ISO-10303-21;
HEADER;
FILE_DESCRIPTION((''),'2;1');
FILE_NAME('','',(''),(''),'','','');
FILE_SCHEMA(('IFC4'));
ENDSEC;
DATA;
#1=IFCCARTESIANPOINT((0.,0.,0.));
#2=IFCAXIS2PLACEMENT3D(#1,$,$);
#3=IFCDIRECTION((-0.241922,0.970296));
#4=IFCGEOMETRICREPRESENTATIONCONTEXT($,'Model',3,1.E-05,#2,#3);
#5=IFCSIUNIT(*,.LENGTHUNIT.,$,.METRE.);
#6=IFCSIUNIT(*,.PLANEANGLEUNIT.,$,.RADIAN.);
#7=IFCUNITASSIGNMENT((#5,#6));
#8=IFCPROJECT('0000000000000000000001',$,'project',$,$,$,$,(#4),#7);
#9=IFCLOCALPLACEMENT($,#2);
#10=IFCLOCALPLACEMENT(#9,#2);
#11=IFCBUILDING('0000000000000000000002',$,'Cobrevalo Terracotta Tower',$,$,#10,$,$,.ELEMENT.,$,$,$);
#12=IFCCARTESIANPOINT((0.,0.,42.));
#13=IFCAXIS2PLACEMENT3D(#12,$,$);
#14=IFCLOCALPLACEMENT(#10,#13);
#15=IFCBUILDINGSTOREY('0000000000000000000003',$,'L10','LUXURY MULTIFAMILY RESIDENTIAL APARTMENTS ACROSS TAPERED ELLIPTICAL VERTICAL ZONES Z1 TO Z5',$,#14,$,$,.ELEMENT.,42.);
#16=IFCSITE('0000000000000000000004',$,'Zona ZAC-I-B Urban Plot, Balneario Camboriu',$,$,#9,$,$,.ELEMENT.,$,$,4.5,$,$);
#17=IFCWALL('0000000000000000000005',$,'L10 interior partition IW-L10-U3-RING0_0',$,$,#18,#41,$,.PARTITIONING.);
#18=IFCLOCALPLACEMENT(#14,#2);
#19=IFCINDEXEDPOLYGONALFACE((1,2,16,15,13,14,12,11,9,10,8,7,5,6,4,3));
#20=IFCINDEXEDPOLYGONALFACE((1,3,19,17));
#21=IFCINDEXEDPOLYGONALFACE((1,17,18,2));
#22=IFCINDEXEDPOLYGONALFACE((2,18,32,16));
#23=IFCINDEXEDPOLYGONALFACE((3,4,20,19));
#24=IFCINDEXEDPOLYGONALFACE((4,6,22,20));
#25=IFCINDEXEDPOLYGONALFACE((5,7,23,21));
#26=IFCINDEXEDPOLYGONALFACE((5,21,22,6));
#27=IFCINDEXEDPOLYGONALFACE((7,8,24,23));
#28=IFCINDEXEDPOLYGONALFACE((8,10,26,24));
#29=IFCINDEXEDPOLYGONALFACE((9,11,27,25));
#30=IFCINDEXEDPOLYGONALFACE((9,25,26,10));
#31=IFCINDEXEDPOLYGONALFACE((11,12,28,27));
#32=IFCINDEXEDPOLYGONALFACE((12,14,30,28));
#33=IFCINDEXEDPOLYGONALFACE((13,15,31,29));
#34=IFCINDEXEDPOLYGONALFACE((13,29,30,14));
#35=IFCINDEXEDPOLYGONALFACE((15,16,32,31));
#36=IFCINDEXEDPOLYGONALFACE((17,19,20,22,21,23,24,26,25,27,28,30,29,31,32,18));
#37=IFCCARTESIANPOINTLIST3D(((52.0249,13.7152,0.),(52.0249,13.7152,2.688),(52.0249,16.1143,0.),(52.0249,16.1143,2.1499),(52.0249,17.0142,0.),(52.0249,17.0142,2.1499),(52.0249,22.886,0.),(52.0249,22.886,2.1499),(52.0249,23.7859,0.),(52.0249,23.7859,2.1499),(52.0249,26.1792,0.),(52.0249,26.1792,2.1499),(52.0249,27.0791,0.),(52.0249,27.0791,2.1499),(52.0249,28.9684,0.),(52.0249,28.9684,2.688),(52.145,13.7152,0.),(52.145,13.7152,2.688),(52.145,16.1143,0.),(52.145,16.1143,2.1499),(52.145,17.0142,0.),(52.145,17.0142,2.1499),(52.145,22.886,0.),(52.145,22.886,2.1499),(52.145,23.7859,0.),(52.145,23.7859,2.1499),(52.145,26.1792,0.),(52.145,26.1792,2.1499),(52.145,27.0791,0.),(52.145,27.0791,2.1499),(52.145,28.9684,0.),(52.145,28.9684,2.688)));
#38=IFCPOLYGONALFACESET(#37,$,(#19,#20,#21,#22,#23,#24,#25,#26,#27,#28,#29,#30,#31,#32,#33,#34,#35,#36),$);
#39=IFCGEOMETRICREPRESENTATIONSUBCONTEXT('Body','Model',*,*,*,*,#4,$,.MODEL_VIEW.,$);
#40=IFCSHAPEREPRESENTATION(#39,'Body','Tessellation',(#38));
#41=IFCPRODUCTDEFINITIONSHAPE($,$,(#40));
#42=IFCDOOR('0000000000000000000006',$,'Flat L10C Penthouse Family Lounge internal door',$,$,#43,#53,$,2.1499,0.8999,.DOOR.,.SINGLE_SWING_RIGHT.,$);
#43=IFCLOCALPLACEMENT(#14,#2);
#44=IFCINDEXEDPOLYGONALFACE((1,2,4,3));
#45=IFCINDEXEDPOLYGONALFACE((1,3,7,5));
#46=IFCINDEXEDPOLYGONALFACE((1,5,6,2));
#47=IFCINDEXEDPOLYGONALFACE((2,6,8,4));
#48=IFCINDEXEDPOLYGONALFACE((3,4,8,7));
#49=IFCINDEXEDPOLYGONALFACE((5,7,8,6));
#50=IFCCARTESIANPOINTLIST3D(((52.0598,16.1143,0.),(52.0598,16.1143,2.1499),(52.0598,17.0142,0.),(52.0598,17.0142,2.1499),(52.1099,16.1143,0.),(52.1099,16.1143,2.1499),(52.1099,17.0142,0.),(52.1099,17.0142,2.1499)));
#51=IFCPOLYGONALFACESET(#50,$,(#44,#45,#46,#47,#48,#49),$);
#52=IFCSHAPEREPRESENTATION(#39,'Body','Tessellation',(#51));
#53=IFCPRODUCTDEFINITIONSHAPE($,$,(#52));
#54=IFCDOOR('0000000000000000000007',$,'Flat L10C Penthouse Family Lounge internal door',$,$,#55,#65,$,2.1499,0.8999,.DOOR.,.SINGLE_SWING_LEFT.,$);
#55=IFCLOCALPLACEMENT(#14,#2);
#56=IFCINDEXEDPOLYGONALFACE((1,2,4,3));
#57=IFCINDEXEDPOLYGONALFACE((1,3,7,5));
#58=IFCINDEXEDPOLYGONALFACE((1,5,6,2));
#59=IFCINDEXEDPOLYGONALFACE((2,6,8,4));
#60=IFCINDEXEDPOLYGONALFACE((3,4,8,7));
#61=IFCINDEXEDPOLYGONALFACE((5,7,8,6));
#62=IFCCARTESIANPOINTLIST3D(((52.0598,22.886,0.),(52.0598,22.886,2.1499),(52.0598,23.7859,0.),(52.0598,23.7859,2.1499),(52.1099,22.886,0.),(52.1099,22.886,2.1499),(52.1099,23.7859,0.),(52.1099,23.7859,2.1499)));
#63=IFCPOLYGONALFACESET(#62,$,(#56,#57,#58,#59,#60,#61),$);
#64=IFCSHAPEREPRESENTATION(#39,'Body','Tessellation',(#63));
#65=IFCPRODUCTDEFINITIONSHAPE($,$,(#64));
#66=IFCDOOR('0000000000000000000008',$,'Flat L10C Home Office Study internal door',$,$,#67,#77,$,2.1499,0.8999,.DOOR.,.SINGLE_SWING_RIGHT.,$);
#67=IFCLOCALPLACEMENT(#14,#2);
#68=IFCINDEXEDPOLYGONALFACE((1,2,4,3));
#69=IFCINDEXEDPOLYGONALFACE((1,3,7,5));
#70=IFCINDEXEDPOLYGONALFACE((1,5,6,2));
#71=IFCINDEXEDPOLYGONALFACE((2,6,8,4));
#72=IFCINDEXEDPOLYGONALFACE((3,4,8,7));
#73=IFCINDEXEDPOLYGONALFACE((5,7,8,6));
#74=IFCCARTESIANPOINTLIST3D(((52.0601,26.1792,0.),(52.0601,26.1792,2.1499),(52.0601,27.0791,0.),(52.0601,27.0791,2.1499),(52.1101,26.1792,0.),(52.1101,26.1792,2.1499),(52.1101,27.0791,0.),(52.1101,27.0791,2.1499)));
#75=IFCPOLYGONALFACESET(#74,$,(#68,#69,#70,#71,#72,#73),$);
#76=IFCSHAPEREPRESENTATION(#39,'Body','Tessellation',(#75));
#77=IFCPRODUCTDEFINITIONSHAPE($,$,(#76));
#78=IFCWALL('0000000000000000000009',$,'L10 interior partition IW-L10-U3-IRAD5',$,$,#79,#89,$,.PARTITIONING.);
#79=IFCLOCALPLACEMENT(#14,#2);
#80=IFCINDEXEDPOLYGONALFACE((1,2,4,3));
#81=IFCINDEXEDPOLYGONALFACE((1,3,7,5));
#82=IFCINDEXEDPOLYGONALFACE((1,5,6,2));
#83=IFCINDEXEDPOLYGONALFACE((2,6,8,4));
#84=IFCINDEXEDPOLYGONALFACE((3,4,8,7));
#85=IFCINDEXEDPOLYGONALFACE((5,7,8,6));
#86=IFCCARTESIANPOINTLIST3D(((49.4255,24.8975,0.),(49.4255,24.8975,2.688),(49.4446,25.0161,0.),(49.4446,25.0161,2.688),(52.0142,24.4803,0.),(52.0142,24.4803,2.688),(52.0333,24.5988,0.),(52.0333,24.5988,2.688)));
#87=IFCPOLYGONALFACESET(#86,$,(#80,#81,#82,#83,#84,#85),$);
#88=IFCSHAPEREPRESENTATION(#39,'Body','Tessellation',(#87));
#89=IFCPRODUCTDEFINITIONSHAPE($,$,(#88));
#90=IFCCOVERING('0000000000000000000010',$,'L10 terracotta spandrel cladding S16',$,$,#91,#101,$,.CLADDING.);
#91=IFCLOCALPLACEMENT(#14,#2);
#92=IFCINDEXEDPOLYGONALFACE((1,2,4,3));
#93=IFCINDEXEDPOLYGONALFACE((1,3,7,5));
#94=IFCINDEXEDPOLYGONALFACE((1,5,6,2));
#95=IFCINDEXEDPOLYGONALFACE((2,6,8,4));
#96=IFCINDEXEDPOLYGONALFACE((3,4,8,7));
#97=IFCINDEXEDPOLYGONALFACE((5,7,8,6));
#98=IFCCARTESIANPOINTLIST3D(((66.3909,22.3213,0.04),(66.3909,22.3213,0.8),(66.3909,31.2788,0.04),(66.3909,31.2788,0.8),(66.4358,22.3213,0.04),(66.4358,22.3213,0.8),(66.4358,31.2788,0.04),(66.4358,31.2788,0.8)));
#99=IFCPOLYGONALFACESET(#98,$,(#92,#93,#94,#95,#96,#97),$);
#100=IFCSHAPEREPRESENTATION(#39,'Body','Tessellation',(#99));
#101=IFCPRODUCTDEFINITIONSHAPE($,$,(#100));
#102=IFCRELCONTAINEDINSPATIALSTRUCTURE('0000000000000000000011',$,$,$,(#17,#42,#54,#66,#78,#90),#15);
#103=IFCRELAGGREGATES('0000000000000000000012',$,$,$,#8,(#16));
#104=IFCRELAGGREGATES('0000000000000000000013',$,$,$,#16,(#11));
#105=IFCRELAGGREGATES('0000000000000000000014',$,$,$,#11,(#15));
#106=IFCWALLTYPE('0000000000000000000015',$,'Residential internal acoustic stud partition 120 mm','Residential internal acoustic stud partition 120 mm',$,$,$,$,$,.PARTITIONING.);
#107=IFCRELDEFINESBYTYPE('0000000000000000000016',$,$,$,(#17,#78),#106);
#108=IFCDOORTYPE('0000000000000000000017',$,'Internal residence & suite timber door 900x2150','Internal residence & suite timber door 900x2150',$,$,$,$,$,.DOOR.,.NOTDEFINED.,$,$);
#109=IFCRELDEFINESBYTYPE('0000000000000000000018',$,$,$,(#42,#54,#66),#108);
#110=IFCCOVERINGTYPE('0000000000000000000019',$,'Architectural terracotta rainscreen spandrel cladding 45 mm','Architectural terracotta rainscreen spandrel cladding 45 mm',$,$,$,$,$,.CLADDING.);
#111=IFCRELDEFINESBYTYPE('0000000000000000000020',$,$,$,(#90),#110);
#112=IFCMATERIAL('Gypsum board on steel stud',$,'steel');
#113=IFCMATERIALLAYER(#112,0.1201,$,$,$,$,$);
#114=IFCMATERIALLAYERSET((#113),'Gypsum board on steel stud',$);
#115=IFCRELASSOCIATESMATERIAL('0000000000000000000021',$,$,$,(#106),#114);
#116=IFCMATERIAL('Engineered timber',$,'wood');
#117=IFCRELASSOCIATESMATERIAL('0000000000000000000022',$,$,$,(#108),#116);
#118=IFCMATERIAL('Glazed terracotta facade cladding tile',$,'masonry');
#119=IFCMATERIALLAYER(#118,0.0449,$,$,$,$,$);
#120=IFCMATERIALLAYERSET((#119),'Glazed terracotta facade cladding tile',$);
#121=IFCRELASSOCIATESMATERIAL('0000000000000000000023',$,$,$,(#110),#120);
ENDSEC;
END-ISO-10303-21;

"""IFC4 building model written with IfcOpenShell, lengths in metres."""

from ifc_helpers import new_model, si_unit, direction, frame, frame_2d, origin, origin_2d, place, context, subcontext, project, spatial, rectangle, extrude, source, transform, mapped, material, layer, layer_set, type_object, element, fill, save


model = new_model("IFC4")

# Units and contexts
model_context = context("Model", 3, precision=1e-05, world=origin(), true_north=direction((-0.241922, 0.970296)))
body_context = subcontext(model_context, "Body", "Model", "MODEL_VIEW")
ifc_project = project(units=[si_unit("LENGTHUNIT", "METRE"), si_unit("PLANEANGLEUNIT", "RADIAN")], contexts=[model_context])

# Site, building, storey
site_placement = place(None, origin())
site = spatial("IfcSite", under=ifc_project, at=site_placement, Name="Zona ZAC-I-B Urban Plot, Balneario Camboriu", CompositionType="ELEMENT", RefElevation=4.5)
building_placement = place(site_placement, origin())
building = spatial("IfcBuilding", under=site, at=building_placement, Name="Cobrevalo Terracotta Tower", CompositionType="ELEMENT")
storey_placement = place(building_placement, frame((0.0, 0.0, 42.0)))
storey = spatial("IfcBuildingStorey", under=building, at=storey_placement, Name="L10", Description="LUXURY MULTIFAMILY RESIDENTIAL APARTMENTS ACROSS TAPERED ELLIPTICAL VERTICAL ZONES Z1 TO Z5", CompositionType="ELEMENT", Elevation=42.0)

# Shared definitions
ifc_material_1 = material(Name="Gypsum board on steel stud", Category="steel")
ifc_layer_1 = layer(ifc_material_1, 0.1201)
ifc_layer_set_1 = layer_set([ifc_layer_1], Name="Gypsum board on steel stud")
wall_type_1 = type_object("IfcWallType", Name="Residential internal acoustic stud partition 120 mm", Description="Residential internal acoustic stud partition 120 mm", PredefinedType="PARTITIONING", material=ifc_layer_set_1)
ifc_material_2 = material(Name="Engineered timber", Category="wood")
door_type_1 = type_object("IfcDoorType", Name="Internal residence & suite timber door 900x2150", Description="Internal residence & suite timber door 900x2150", OperationType="NOTDEFINED", PredefinedType="DOOR", material=ifc_material_2)
shared_shape_1 = source(origin(), body_context, "Body", "SweptSolid", [
    extrude(rectangle(XDim=0.8999, YDim=2.1499, at=frame_2d((0.45, 1.075))), frame((0.0, 0.0249, 0.0), z_axis=(0.0, -1.0, 0.0), x_axis=(1.0, 0.0, 0.0)), (0.0, 0.0, 1.0), 0.05),
])

# Wall, openings, doors
wall_1_placement = place(storey_placement, frame((52.085, 28.9683, 0.0), z_axis=(0.0, 0.0, 1.0), x_axis=(0.0, -1.0, 0.0)))
wall_1 = element("IfcWall", 1, at=wall_1_placement, inside=storey, type_object=wall_type_1, Name="L10 interior partition IW-L10-U3-RING0_0", PredefinedType="PARTITIONING", context=body_context, shape_type="SweptSolid", body=[
    extrude(rectangle(XDim=15.2532, YDim=0.1201, at=frame_2d((7.6265, 0.0))), origin(), (0.0, 0.0, 1.0), 2.688),
])
opening_1_placement = place(wall_1_placement, frame((11.9541, 0.0, 0.0)))
opening_1 = element("IfcOpeningElement", 2, at=opening_1_placement, cuts=wall_1, PredefinedType="OPENING", context=body_context, shape_type="SweptSolid", body=[
    extrude(rectangle(XDim=0.8999, YDim=2.1499, at=frame_2d((0.45, 1.075))), frame((0.0, 0.0701, 0.0), z_axis=(0.0, -1.0, 0.0), x_axis=(1.0, 0.0, 0.0)), (0.0, 0.0, 1.0), 0.1401),
])
opening_2_placement = place(wall_1_placement, frame((5.1824, 0.0, 0.0)))
opening_2 = element("IfcOpeningElement", 3, at=opening_2_placement, cuts=wall_1, PredefinedType="OPENING", context=body_context, shape_type="SweptSolid", body=[
    extrude(rectangle(XDim=0.8999, YDim=2.1499, at=frame_2d((0.45, 1.075))), frame((0.0, 0.0701, 0.0), z_axis=(0.0, -1.0, 0.0), x_axis=(1.0, 0.0, 0.0)), (0.0, 0.0, 1.0), 0.1401),
])
opening_3_placement = place(wall_1_placement, frame((1.8892, 0.0, 0.0)))
opening_3 = element("IfcOpeningElement", 4, at=opening_3_placement, cuts=wall_1, PredefinedType="OPENING", context=body_context, shape_type="SweptSolid", body=[
    extrude(rectangle(XDim=0.8999, YDim=2.1499, at=frame_2d((0.45, 1.075))), frame((0.0, 0.0701, 0.0), z_axis=(0.0, -1.0, 0.0), x_axis=(1.0, 0.0, 0.0)), (0.0, 0.0, 1.0), 0.1401),
])
door_1_placement = place(opening_1_placement, origin())
door_1 = element("IfcDoor", 5, at=door_1_placement, inside=storey, type_object=door_type_1, Name="Flat L10C Penthouse Family Lounge internal door", OperationType="SINGLE_SWING_RIGHT", OverallHeight=2.1499, OverallWidth=0.8999, PredefinedType="DOOR", context=body_context, shape_type="MappedRepresentation", body=[
    mapped(shared_shape_1, transform((0.0, 0.0, 0.0), scale=1.0)),
])
fill(opening_1, door_1)
door_2_placement = place(opening_2_placement, origin())
door_2 = element("IfcDoor", 6, at=door_2_placement, inside=storey, type_object=door_type_1, Name="Flat L10C Penthouse Family Lounge internal door", OperationType="SINGLE_SWING_LEFT", OverallHeight=2.1499, OverallWidth=0.8999, PredefinedType="DOOR", context=body_context, shape_type="MappedRepresentation", body=[
    mapped(shared_shape_1, transform((0.0, 0.0, 0.0), scale=1.0)),
])
fill(opening_2, door_2)
door_3_placement = place(opening_3_placement, frame((0.8999, 0.0, 0.0), z_axis=(0.0, 0.0, 1.0), x_axis=(-1.0, 0.0, 0.0)))
door_3 = element("IfcDoor", 7, at=door_3_placement, inside=storey, type_object=door_type_1, Name="Flat L10C Home Office Study internal door", OperationType="SINGLE_SWING_RIGHT", OverallHeight=2.1499, OverallWidth=0.8999, PredefinedType="DOOR", context=body_context, shape_type="MappedRepresentation", body=[
    mapped(shared_shape_1, transform((0.0, 0.0, 0.0), scale=1.0)),
])
fill(opening_3, door_3)

# Wall
wall_2_placement = place(storey_placement, frame((49.4351, 24.9568, 0.0), z_axis=(0.0, 0.0, 1.0), x_axis=(0.987258, -0.159127, 0.0)))
element("IfcWall", 8, at=wall_2_placement, inside=storey, type_object=wall_type_1, Name="L10 interior partition IW-L10-U3-IRAD5", PredefinedType="PARTITIONING", context=body_context, shape_type="SweptSolid", body=[
    extrude(rectangle(XDim=2.6221, YDim=0.1201, at=frame_2d((1.311, 0.0))), origin(), (0.0, 0.0, 1.0), 2.688),
])

# Covering
ifc_material_3 = material(Name="Glazed terracotta facade cladding tile", Category="masonry")
ifc_layer_2 = layer(ifc_material_3, 0.0449)
ifc_layer_set_2 = layer_set([ifc_layer_2], Name="Glazed terracotta facade cladding tile")
covering_type = type_object("IfcCoveringType", Name="Architectural terracotta rainscreen spandrel cladding 45 mm", Description="Architectural terracotta rainscreen spandrel cladding 45 mm", PredefinedType="CLADDING", material=ifc_layer_set_2)
shared_shape_2 = source(origin(), body_context, "Body", "SweptSolid", [
    extrude(rectangle(XDim=8.9575, YDim=0.0449, at=origin_2d()), origin(), (0.0, 0.0, 1.0), 0.76),
])
covering_placement = place(storey_placement, frame((66.4133, 26.8, 0.04), z_axis=(0.0, 0.0, 1.0), x_axis=(0.0, 1.0, 0.0)))
element("IfcCovering", 9, at=covering_placement, inside=storey, type_object=covering_type, Name="L10 terracotta spandrel cladding S16", PredefinedType="CLADDING", context=body_context, shape_type="MappedRepresentation", body=[
    mapped(shared_shape_2, transform((0.0, 0.0, 0.0), scale=1.0)),
])

save(model, "model.ifc")
